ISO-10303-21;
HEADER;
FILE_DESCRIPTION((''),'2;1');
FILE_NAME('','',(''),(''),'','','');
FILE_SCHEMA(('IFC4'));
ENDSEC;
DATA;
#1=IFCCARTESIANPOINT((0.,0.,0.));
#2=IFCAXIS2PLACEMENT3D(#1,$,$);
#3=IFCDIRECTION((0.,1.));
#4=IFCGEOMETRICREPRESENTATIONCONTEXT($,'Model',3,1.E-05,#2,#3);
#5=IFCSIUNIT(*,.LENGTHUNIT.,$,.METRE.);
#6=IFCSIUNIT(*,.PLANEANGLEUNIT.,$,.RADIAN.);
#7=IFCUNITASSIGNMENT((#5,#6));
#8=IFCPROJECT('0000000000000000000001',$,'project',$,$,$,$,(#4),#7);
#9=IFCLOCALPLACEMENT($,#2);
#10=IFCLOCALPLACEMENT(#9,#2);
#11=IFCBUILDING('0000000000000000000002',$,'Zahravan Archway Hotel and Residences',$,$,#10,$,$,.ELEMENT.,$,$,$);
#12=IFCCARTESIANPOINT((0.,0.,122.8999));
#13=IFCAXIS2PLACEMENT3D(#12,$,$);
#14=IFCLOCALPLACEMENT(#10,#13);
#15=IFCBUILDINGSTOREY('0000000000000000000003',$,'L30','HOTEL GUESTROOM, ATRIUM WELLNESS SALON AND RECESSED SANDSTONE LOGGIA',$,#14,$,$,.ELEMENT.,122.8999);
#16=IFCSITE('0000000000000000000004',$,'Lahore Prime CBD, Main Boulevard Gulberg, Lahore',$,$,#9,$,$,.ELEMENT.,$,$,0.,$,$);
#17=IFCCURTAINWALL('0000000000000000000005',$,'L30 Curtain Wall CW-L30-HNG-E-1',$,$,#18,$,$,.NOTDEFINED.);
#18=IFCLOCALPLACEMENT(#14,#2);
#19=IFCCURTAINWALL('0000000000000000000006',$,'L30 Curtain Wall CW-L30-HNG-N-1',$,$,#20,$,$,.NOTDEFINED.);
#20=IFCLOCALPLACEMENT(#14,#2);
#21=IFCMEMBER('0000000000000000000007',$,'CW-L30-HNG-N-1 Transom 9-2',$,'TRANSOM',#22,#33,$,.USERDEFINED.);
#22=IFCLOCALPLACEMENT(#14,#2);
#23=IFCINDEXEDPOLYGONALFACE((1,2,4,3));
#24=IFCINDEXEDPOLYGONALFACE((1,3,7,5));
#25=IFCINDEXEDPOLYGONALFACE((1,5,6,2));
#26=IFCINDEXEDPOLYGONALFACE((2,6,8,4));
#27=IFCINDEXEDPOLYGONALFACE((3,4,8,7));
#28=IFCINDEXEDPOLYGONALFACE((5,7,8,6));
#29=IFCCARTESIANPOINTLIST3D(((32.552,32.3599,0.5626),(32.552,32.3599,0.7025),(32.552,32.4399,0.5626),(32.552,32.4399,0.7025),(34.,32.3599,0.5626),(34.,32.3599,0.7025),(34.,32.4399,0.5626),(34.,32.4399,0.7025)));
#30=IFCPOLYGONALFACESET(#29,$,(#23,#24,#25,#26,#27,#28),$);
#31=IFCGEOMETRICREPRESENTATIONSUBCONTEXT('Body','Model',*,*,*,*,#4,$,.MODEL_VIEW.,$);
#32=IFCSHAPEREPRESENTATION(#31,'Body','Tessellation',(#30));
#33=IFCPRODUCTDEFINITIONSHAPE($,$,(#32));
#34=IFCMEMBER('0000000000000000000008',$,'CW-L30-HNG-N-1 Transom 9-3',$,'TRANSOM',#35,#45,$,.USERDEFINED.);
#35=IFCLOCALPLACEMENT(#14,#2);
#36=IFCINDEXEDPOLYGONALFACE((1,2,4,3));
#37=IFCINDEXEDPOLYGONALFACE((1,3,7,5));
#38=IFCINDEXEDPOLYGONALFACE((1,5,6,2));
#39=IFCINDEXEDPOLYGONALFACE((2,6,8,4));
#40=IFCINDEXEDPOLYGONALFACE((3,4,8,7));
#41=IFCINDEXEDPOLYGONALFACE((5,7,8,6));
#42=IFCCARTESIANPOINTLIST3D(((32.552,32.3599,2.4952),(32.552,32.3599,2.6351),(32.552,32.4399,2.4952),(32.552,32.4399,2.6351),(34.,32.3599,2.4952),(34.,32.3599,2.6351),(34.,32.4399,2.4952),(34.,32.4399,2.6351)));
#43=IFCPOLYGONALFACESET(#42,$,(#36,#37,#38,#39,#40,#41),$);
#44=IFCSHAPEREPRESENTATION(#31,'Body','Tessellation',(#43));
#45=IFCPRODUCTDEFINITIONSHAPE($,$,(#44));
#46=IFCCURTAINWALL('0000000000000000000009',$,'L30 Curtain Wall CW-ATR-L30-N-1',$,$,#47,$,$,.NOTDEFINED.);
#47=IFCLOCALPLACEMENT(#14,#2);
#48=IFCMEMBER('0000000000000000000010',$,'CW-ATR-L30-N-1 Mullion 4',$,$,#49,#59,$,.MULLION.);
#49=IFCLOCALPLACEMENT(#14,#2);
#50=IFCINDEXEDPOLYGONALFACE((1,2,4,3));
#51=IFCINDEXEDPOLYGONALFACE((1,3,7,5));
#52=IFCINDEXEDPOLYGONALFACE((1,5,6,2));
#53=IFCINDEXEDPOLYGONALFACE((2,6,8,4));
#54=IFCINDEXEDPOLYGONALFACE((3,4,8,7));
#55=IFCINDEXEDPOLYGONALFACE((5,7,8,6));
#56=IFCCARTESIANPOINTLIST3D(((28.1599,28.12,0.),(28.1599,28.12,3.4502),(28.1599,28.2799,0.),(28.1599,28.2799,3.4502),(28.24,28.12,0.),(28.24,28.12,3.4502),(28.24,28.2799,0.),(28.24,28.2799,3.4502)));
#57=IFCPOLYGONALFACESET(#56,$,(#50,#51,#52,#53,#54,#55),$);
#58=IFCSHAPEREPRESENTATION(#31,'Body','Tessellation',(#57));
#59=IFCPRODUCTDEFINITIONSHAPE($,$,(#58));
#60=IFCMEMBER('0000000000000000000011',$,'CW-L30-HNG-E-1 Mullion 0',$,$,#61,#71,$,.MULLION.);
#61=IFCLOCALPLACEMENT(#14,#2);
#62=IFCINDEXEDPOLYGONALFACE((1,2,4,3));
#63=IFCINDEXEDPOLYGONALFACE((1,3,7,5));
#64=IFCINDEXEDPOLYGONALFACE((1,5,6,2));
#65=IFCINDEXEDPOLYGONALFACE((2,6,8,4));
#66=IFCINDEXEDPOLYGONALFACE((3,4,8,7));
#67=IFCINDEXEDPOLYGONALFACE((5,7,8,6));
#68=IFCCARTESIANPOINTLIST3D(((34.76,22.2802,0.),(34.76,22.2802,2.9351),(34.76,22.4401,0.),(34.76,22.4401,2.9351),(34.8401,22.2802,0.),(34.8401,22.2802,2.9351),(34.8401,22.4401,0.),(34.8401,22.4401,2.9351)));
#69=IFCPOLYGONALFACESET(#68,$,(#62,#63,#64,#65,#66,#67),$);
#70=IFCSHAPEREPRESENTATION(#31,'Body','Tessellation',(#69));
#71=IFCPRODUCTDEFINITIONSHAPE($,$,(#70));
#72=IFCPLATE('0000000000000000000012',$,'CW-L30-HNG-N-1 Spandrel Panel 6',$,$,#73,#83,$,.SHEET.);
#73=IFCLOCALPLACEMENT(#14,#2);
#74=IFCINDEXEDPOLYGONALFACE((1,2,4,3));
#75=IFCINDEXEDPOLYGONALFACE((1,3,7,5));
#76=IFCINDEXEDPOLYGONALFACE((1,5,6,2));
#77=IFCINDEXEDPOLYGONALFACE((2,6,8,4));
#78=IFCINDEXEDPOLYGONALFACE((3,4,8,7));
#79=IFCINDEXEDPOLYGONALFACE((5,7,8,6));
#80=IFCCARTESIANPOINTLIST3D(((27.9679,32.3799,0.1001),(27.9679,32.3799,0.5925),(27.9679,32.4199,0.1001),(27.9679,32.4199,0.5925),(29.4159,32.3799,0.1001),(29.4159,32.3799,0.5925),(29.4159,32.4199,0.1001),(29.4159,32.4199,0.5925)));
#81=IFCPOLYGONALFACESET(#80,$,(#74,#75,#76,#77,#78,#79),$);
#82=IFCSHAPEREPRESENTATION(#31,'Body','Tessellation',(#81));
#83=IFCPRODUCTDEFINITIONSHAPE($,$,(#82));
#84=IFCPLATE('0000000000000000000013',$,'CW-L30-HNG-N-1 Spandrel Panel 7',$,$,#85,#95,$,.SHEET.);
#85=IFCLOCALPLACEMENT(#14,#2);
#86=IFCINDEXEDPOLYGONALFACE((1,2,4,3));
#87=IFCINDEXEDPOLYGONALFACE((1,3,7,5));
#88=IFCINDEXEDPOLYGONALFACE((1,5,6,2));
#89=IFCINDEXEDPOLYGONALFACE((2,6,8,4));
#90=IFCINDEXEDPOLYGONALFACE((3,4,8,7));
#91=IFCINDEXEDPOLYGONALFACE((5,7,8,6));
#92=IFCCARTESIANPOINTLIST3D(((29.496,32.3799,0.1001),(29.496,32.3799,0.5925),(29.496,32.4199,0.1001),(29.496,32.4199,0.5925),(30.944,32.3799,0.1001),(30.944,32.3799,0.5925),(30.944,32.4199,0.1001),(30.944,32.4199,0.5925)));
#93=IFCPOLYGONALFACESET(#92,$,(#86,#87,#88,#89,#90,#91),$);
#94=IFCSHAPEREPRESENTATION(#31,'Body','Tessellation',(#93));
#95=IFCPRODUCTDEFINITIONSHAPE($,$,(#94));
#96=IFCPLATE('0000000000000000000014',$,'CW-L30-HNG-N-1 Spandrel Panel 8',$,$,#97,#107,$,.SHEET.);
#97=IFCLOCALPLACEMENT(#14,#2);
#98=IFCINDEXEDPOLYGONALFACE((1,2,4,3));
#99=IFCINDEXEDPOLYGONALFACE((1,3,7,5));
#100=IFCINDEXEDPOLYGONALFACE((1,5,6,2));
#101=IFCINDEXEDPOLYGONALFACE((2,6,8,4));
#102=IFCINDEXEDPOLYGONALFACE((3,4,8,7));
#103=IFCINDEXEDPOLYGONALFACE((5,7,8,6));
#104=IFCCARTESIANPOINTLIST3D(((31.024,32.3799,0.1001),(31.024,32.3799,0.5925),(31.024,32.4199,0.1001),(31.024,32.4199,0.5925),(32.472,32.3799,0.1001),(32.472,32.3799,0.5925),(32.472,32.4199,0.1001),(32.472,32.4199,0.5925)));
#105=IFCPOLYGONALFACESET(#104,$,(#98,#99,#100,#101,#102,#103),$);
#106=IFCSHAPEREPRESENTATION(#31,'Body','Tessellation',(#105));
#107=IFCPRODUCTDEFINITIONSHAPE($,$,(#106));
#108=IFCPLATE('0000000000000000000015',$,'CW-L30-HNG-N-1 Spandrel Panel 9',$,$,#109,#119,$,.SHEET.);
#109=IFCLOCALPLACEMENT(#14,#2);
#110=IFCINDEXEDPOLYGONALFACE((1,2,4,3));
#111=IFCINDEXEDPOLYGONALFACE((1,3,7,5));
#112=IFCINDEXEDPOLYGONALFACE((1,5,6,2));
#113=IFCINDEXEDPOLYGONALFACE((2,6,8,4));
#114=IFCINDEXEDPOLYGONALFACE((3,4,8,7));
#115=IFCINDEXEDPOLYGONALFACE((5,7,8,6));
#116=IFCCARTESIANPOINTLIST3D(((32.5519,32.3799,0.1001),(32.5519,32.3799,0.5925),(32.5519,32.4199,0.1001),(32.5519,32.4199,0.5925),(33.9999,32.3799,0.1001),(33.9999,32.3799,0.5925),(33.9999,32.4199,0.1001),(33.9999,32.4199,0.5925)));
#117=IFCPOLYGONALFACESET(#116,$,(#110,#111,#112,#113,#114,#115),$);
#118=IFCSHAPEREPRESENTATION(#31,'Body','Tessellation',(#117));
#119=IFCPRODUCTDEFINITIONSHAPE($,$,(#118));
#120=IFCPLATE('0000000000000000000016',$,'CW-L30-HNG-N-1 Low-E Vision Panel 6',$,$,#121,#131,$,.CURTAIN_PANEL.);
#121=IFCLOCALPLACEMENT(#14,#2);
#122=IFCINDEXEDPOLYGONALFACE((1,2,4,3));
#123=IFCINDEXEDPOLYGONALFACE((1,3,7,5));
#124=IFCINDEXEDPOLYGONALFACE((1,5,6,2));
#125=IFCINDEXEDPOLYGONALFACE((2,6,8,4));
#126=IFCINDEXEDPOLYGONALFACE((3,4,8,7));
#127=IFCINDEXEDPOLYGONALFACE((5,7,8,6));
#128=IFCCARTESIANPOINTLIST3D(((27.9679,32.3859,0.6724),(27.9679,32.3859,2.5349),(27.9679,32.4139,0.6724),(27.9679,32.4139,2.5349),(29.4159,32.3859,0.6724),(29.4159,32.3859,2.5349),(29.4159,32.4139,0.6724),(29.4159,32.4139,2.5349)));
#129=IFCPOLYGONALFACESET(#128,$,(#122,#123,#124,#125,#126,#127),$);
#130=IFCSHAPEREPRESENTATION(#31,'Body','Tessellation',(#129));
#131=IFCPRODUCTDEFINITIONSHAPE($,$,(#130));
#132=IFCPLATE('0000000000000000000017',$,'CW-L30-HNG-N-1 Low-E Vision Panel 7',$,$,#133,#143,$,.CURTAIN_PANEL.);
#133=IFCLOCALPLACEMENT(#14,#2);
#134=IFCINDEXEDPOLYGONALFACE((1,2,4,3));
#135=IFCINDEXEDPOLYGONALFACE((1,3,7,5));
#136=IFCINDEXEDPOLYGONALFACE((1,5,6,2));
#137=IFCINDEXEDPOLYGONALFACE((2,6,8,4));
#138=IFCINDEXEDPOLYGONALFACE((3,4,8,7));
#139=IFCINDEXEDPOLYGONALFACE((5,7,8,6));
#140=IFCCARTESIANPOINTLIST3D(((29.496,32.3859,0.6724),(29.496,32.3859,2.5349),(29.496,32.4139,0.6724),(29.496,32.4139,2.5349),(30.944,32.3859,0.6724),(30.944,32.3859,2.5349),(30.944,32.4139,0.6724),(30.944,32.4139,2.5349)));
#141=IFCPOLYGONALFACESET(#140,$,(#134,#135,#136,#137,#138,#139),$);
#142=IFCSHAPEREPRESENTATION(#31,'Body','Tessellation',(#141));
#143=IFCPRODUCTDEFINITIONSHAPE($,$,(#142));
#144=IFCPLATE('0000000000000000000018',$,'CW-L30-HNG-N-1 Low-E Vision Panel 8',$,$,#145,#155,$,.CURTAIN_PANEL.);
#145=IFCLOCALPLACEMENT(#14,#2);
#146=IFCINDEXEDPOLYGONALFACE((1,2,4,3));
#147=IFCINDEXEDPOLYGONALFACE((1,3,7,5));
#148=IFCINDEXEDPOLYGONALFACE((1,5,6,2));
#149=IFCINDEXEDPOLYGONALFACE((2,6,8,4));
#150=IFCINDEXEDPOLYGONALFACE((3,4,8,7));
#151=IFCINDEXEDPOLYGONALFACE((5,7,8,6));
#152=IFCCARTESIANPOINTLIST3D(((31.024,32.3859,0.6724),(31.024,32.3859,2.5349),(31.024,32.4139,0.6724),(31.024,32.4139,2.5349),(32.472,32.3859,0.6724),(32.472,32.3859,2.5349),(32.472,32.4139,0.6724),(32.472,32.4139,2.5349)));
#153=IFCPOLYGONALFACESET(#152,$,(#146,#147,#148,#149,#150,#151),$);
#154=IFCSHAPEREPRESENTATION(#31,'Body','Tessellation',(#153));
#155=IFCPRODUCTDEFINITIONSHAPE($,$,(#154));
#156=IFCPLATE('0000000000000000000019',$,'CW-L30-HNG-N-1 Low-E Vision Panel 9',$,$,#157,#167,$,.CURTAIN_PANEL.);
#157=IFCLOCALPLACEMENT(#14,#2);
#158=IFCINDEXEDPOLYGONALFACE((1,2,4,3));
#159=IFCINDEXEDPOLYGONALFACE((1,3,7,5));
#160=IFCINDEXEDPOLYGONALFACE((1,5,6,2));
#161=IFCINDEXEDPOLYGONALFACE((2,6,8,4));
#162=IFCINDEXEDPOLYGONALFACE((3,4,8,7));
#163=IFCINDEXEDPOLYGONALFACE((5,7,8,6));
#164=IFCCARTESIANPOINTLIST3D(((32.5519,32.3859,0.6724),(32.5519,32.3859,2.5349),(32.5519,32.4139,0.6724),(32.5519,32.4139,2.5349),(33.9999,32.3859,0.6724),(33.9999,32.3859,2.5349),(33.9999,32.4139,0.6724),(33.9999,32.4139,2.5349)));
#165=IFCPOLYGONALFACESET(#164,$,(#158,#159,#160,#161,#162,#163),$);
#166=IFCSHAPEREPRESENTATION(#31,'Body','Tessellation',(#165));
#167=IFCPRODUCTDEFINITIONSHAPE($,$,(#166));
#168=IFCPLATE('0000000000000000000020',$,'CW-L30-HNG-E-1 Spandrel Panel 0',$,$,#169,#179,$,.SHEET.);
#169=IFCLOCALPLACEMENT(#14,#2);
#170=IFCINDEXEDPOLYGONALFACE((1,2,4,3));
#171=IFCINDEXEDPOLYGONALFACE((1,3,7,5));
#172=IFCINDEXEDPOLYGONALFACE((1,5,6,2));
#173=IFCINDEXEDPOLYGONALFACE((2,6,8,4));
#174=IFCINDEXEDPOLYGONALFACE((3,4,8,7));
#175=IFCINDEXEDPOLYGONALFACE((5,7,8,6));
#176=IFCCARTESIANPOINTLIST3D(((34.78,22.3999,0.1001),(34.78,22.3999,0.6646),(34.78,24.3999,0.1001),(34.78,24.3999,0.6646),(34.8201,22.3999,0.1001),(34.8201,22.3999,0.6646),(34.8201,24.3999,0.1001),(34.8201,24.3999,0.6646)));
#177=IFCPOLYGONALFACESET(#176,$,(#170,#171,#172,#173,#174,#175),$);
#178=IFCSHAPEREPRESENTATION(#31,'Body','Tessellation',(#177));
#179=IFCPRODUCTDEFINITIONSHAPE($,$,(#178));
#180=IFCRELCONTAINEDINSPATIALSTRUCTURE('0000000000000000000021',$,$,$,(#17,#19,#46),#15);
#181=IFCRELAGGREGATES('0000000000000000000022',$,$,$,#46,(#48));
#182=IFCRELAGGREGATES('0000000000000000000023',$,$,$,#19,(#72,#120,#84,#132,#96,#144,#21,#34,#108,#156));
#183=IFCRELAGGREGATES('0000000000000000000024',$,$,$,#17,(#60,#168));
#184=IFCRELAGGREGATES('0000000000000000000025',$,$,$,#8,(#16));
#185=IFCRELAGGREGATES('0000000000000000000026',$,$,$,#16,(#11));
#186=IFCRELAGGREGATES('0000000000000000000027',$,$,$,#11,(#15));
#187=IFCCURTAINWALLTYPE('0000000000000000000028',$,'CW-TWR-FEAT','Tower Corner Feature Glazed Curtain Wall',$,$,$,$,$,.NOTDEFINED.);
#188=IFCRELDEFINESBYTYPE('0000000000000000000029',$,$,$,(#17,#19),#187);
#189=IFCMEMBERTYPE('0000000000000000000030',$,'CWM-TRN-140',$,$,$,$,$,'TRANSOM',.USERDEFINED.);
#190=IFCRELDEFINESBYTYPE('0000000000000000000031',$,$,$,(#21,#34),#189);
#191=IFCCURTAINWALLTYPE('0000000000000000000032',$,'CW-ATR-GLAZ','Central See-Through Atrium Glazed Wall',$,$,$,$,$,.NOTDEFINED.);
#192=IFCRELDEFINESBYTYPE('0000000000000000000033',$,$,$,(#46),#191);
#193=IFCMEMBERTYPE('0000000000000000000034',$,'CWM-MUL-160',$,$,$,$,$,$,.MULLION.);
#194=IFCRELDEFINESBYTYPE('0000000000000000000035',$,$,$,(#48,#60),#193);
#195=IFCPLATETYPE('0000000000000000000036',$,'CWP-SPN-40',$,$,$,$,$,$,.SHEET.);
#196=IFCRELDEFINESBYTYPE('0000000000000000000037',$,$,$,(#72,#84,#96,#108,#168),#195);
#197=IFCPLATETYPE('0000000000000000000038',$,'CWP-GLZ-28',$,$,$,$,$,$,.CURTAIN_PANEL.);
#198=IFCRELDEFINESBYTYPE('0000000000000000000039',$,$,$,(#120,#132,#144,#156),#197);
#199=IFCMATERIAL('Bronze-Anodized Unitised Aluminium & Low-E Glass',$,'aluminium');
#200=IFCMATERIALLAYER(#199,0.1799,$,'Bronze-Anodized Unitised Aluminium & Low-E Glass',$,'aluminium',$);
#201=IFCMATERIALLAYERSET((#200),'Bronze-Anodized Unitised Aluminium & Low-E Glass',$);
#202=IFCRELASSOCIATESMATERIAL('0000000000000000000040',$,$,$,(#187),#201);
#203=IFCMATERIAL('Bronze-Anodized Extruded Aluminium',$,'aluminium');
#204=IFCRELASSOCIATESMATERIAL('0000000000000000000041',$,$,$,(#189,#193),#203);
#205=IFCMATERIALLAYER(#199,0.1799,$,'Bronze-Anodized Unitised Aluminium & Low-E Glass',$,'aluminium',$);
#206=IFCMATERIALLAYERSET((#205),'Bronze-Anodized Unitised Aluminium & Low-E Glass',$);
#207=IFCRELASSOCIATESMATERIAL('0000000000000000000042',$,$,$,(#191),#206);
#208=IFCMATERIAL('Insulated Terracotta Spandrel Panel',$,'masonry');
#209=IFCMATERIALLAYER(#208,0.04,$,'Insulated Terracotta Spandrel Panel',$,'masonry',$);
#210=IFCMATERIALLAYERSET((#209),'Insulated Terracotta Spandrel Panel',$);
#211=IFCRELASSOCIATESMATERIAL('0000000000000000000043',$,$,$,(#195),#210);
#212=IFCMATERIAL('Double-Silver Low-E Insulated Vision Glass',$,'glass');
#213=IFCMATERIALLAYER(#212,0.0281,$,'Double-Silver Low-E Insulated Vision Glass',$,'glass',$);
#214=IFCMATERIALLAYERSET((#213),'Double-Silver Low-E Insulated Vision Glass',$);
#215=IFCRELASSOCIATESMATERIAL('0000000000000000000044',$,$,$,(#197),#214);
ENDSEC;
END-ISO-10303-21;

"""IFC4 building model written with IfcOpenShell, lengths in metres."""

from ifc_helpers import new_model, si_unit, direction, frame, origin, origin_2d, place, context, subcontext, project, spatial, rectangle, extrude, source, transform, mapped, material, layer, layer_set, material_profile, profile_set, type_object, element, aggregate, save


model = new_model("IFC4")

# Units and contexts
model_context = context("Model", 3, precision=1e-05, world=origin(), true_north=direction((0.0, 1.0)))
body_context = subcontext(model_context, "Body", "Model", "MODEL_VIEW")
ifc_project = project(units=[si_unit("LENGTHUNIT", "METRE"), si_unit("PLANEANGLEUNIT", "RADIAN")], contexts=[model_context])

# Site, building, storey
site_placement = place(None, origin())
site = spatial("IfcSite", under=ifc_project, at=site_placement, Name="Lahore Prime CBD, Main Boulevard Gulberg, Lahore", CompositionType="ELEMENT", RefElevation=0.0)
building_placement = place(site_placement, origin())
building = spatial("IfcBuilding", under=site, at=building_placement, Name="Zahravan Archway Hotel and Residences", CompositionType="ELEMENT")
storey_placement = place(building_placement, frame((0.0, 0.0, 122.8999)))
storey = spatial("IfcBuildingStorey", under=building, at=storey_placement, Name="L30", Description="HOTEL GUESTROOM, ATRIUM WELLNESS SALON AND RECESSED SANDSTONE LOGGIA", CompositionType="ELEMENT", Elevation=122.8999)

# Curtain walls, members
ifc_material_1 = material(Name="Bronze-Anodized Unitised Aluminium & Low-E Glass", Category="aluminium")
ifc_layer_1 = layer(ifc_material_1, 0.1799, Name="Bronze-Anodized Unitised Aluminium & Low-E Glass", Category="aluminium")
ifc_layer_set_1 = layer_set([ifc_layer_1], Name="Bronze-Anodized Unitised Aluminium & Low-E Glass")
curtain_wall_type_1 = type_object("IfcCurtainWallType", Name="CW-TWR-FEAT", Description="Tower Corner Feature Glazed Curtain Wall", PredefinedType="NOTDEFINED", material=ifc_layer_set_1)
curtain_wall_1_placement = place(storey_placement, origin())
curtain_wall_1 = element("IfcCurtainWall", 1, at=curtain_wall_1_placement, inside=storey, type_object=curtain_wall_type_1, Name="L30 Curtain Wall CW-L30-HNG-E-1", PredefinedType="NOTDEFINED")
ifc_material_2 = material(Name="Bronze-Anodized Extruded Aluminium", Category="aluminium")
ifc_material_profile_1 = material_profile(ifc_material_2, rectangle(XDim=0.0801, YDim=0.1399, at=origin_2d()), Name="TRN 80x140", Category="aluminium")
ifc_profile_set_1 = profile_set([ifc_material_profile_1], Name="Bronze-Anodized Extruded Aluminium")
member_type_1 = type_object("IfcMemberType", Name="CWM-TRN-140", ElementType="TRANSOM", PredefinedType="USERDEFINED", material=ifc_profile_set_1)
curtain_wall_2_placement = place(storey_placement, origin())
curtain_wall_2 = element("IfcCurtainWall", 2, at=curtain_wall_2_placement, inside=storey, type_object=curtain_wall_type_1, Name="L30 Curtain Wall CW-L30-HNG-N-1", PredefinedType="NOTDEFINED")
ifc_material_profile_2 = material_profile(ifc_material_2, rectangle(XDim=0.0801, YDim=0.1599, at=origin_2d()), Name="MUL 80x160", Category="aluminium")
ifc_profile_set_2 = profile_set([ifc_material_profile_2], Name="Bronze-Anodized Extruded Aluminium")
member_type_2 = type_object("IfcMemberType", Name="CWM-MUL-160", PredefinedType="MULLION", material=ifc_profile_set_2)
shared_shape_1 = source(origin(), body_context, "Body", "SweptSolid", [
    extrude(rectangle(XDim=0.0801, YDim=0.1399, at=origin_2d()), origin(), (0.0, 0.0, 1.0), 1.448),
])
member_1_placement = place(storey_placement, frame((32.552, 32.3999, 0.6326), z_axis=(1.0, 0.0, 0.0), x_axis=(0.0, 1.0, 0.0)))
member_1 = element("IfcMember", 3, at=member_1_placement, type_object=member_type_1, Name="CW-L30-HNG-N-1 Transom 9-2", ObjectType="TRANSOM", PredefinedType="USERDEFINED", context=body_context, shape_type="MappedRepresentation", body=[
    mapped(shared_shape_1, transform((0.0, 0.0, 0.0), scale=1.0)),
])
member_2_placement = place(storey_placement, frame((32.552, 32.3999, 2.5652), z_axis=(1.0, 0.0, 0.0), x_axis=(0.0, 1.0, 0.0)))
member_2 = element("IfcMember", 4, at=member_2_placement, type_object=member_type_1, Name="CW-L30-HNG-N-1 Transom 9-3", ObjectType="TRANSOM", PredefinedType="USERDEFINED", context=body_context, shape_type="MappedRepresentation", body=[
    mapped(shared_shape_1, transform((0.0, 0.0, 0.0), scale=1.0)),
])

# Curtain wall, member
ifc_layer_2 = layer(ifc_material_1, 0.1799, Name="Bronze-Anodized Unitised Aluminium & Low-E Glass", Category="aluminium")
ifc_layer_set_2 = layer_set([ifc_layer_2], Name="Bronze-Anodized Unitised Aluminium & Low-E Glass")
curtain_wall_type_2 = type_object("IfcCurtainWallType", Name="CW-ATR-GLAZ", Description="Central See-Through Atrium Glazed Wall", PredefinedType="NOTDEFINED", material=ifc_layer_set_2)
curtain_wall_3_placement = place(storey_placement, origin())
curtain_wall_3 = element("IfcCurtainWall", 5, at=curtain_wall_3_placement, inside=storey, type_object=curtain_wall_type_2, Name="L30 Curtain Wall CW-ATR-L30-N-1", PredefinedType="NOTDEFINED")
shared_shape_2 = source(origin(), body_context, "Body", "SweptSolid", [
    extrude(rectangle(XDim=0.0801, YDim=0.1599, at=origin_2d()), origin(), (0.0, 0.0, 1.0), 3.4502),
])
member_3_placement = place(storey_placement, frame((28.2, 28.2, 0.0), z_axis=(0.0, 0.0, 1.0), x_axis=(1.0, 0.0, 0.0)))
member_3 = element("IfcMember", 6, at=member_3_placement, type_object=member_type_2, Name="CW-ATR-L30-N-1 Mullion 4", PredefinedType="MULLION", context=body_context, shape_type="MappedRepresentation", body=[
    mapped(shared_shape_2, transform((0.0, 0.0, 0.0), scale=1.0)),
])
aggregate(curtain_wall_3, [member_3])

# Member
shared_shape_3 = source(origin(), body_context, "Body", "SweptSolid", [
    extrude(rectangle(XDim=0.0801, YDim=0.1599, at=origin_2d()), origin(), (0.0, 0.0, 1.0), 2.9351),
])
member_4_placement = place(storey_placement, frame((34.8, 22.3601, 0.0), z_axis=(0.0, 0.0, 1.0), x_axis=(1.0, 0.0, 0.0)))
member_4 = element("IfcMember", 7, at=member_4_placement, type_object=member_type_2, Name="CW-L30-HNG-E-1 Mullion 0", PredefinedType="MULLION", context=body_context, shape_type="MappedRepresentation", body=[
    mapped(shared_shape_3, transform((0.0, 0.0, 0.0), scale=1.0)),
])

# Plates
ifc_material_3 = material(Name="Insulated Terracotta Spandrel Panel", Category="masonry")
ifc_layer_3 = layer(ifc_material_3, 0.04, Name="Insulated Terracotta Spandrel Panel", Category="masonry")
ifc_layer_set_3 = layer_set([ifc_layer_3], Name="Insulated Terracotta Spandrel Panel")
plate_type_1 = type_object("IfcPlateType", Name="CWP-SPN-40", PredefinedType="SHEET", material=ifc_layer_set_3)
shared_shape_4 = source(origin(), body_context, "Body", "SweptSolid", [
    extrude(rectangle(XDim=1.448, YDim=0.04, at=origin_2d()), origin(), (0.0, 0.0, 1.0), 0.4924),
])
plate_1_placement = place(storey_placement, frame((28.6919, 32.3999, 0.1001), z_axis=(0.0, 0.0, 1.0), x_axis=(1.0, 0.0, 0.0)))
plate_1 = element("IfcPlate", 8, at=plate_1_placement, type_object=plate_type_1, Name="CW-L30-HNG-N-1 Spandrel Panel 6", PredefinedType="SHEET", context=body_context, shape_type="MappedRepresentation", body=[
    mapped(shared_shape_4, transform((0.0, 0.0, 0.0), scale=1.0)),
])
plate_2_placement = place(storey_placement, frame((30.22, 32.3999, 0.1001), z_axis=(0.0, 0.0, 1.0), x_axis=(1.0, 0.0, 0.0)))
plate_2 = element("IfcPlate", 9, at=plate_2_placement, type_object=plate_type_1, Name="CW-L30-HNG-N-1 Spandrel Panel 7", PredefinedType="SHEET", context=body_context, shape_type="MappedRepresentation", body=[
    mapped(shared_shape_4, transform((0.0, 0.0, 0.0), scale=1.0)),
])
plate_3_placement = place(storey_placement, frame((31.748, 32.3999, 0.1001), z_axis=(0.0, 0.0, 1.0), x_axis=(1.0, 0.0, 0.0)))
plate_3 = element("IfcPlate", 10, at=plate_3_placement, type_object=plate_type_1, Name="CW-L30-HNG-N-1 Spandrel Panel 8", PredefinedType="SHEET", context=body_context, shape_type="MappedRepresentation", body=[
    mapped(shared_shape_4, transform((0.0, 0.0, 0.0), scale=1.0)),
])
plate_4_placement = place(storey_placement, frame((33.2759, 32.3999, 0.1001), z_axis=(0.0, 0.0, 1.0), x_axis=(1.0, 0.0, 0.0)))
plate_4 = element("IfcPlate", 11, at=plate_4_placement, type_object=plate_type_1, Name="CW-L30-HNG-N-1 Spandrel Panel 9", PredefinedType="SHEET", context=body_context, shape_type="MappedRepresentation", body=[
    mapped(shared_shape_4, transform((0.0, 0.0, 0.0), scale=1.0)),
])
ifc_material_4 = material(Name="Double-Silver Low-E Insulated Vision Glass", Category="glass")
ifc_layer_4 = layer(ifc_material_4, 0.0281, Name="Double-Silver Low-E Insulated Vision Glass", Category="glass")
ifc_layer_set_4 = layer_set([ifc_layer_4], Name="Double-Silver Low-E Insulated Vision Glass")
plate_type_2 = type_object("IfcPlateType", Name="CWP-GLZ-28", PredefinedType="CURTAIN_PANEL", material=ifc_layer_set_4)
shared_shape_5 = source(origin(), body_context, "Body", "SweptSolid", [
    extrude(rectangle(XDim=1.448, YDim=0.0281, at=origin_2d()), origin(), (0.0, 0.0, 1.0), 1.8625),
])
plate_5_placement = place(storey_placement, frame((28.6919, 32.3999, 0.6724), z_axis=(0.0, 0.0, 1.0), x_axis=(1.0, 0.0, 0.0)))
plate_5 = element("IfcPlate", 12, at=plate_5_placement, type_object=plate_type_2, Name="CW-L30-HNG-N-1 Low-E Vision Panel 6", PredefinedType="CURTAIN_PANEL", context=body_context, shape_type="MappedRepresentation", body=[
    mapped(shared_shape_5, transform((0.0, 0.0, 0.0), scale=1.0)),
])
plate_6_placement = place(storey_placement, frame((30.22, 32.3999, 0.6724), z_axis=(0.0, 0.0, 1.0), x_axis=(1.0, 0.0, 0.0)))
plate_6 = element("IfcPlate", 13, at=plate_6_placement, type_object=plate_type_2, Name="CW-L30-HNG-N-1 Low-E Vision Panel 7", PredefinedType="CURTAIN_PANEL", context=body_context, shape_type="MappedRepresentation", body=[
    mapped(shared_shape_5, transform((0.0, 0.0, 0.0), scale=1.0)),
])
plate_7_placement = place(storey_placement, frame((31.748, 32.3999, 0.6724), z_axis=(0.0, 0.0, 1.0), x_axis=(1.0, 0.0, 0.0)))
plate_7 = element("IfcPlate", 14, at=plate_7_placement, type_object=plate_type_2, Name="CW-L30-HNG-N-1 Low-E Vision Panel 8", PredefinedType="CURTAIN_PANEL", context=body_context, shape_type="MappedRepresentation", body=[
    mapped(shared_shape_5, transform((0.0, 0.0, 0.0), scale=1.0)),
])
plate_8_placement = place(storey_placement, frame((33.2759, 32.3999, 0.6724), z_axis=(0.0, 0.0, 1.0), x_axis=(1.0, 0.0, 0.0)))
plate_8 = element("IfcPlate", 15, at=plate_8_placement, type_object=plate_type_2, Name="CW-L30-HNG-N-1 Low-E Vision Panel 9", PredefinedType="CURTAIN_PANEL", context=body_context, shape_type="MappedRepresentation", body=[
    mapped(shared_shape_5, transform((0.0, 0.0, 0.0), scale=1.0)),
])
aggregate(curtain_wall_2, [plate_1, plate_5, plate_2, plate_6, plate_3, plate_7, member_1, member_2, plate_4, plate_8])
shared_shape_6 = source(origin(), body_context, "Body", "SweptSolid", [
    extrude(rectangle(XDim=2.0, YDim=0.04, at=origin_2d()), origin(), (0.0, 0.0, 1.0), 0.5645),
])
plate_9_placement = place(storey_placement, frame((34.8, 23.3999, 0.1001), z_axis=(0.0, 0.0, 1.0), x_axis=(0.0, 1.0, 0.0)))
plate_9 = element("IfcPlate", 16, at=plate_9_placement, type_object=plate_type_1, Name="CW-L30-HNG-E-1 Spandrel Panel 0", PredefinedType="SHEET", context=body_context, shape_type="MappedRepresentation", body=[
    mapped(shared_shape_6, transform((0.0, 0.0, 0.0), scale=1.0)),
])
aggregate(curtain_wall_1, [member_4, plate_9])

save(model, "model.ifc")
